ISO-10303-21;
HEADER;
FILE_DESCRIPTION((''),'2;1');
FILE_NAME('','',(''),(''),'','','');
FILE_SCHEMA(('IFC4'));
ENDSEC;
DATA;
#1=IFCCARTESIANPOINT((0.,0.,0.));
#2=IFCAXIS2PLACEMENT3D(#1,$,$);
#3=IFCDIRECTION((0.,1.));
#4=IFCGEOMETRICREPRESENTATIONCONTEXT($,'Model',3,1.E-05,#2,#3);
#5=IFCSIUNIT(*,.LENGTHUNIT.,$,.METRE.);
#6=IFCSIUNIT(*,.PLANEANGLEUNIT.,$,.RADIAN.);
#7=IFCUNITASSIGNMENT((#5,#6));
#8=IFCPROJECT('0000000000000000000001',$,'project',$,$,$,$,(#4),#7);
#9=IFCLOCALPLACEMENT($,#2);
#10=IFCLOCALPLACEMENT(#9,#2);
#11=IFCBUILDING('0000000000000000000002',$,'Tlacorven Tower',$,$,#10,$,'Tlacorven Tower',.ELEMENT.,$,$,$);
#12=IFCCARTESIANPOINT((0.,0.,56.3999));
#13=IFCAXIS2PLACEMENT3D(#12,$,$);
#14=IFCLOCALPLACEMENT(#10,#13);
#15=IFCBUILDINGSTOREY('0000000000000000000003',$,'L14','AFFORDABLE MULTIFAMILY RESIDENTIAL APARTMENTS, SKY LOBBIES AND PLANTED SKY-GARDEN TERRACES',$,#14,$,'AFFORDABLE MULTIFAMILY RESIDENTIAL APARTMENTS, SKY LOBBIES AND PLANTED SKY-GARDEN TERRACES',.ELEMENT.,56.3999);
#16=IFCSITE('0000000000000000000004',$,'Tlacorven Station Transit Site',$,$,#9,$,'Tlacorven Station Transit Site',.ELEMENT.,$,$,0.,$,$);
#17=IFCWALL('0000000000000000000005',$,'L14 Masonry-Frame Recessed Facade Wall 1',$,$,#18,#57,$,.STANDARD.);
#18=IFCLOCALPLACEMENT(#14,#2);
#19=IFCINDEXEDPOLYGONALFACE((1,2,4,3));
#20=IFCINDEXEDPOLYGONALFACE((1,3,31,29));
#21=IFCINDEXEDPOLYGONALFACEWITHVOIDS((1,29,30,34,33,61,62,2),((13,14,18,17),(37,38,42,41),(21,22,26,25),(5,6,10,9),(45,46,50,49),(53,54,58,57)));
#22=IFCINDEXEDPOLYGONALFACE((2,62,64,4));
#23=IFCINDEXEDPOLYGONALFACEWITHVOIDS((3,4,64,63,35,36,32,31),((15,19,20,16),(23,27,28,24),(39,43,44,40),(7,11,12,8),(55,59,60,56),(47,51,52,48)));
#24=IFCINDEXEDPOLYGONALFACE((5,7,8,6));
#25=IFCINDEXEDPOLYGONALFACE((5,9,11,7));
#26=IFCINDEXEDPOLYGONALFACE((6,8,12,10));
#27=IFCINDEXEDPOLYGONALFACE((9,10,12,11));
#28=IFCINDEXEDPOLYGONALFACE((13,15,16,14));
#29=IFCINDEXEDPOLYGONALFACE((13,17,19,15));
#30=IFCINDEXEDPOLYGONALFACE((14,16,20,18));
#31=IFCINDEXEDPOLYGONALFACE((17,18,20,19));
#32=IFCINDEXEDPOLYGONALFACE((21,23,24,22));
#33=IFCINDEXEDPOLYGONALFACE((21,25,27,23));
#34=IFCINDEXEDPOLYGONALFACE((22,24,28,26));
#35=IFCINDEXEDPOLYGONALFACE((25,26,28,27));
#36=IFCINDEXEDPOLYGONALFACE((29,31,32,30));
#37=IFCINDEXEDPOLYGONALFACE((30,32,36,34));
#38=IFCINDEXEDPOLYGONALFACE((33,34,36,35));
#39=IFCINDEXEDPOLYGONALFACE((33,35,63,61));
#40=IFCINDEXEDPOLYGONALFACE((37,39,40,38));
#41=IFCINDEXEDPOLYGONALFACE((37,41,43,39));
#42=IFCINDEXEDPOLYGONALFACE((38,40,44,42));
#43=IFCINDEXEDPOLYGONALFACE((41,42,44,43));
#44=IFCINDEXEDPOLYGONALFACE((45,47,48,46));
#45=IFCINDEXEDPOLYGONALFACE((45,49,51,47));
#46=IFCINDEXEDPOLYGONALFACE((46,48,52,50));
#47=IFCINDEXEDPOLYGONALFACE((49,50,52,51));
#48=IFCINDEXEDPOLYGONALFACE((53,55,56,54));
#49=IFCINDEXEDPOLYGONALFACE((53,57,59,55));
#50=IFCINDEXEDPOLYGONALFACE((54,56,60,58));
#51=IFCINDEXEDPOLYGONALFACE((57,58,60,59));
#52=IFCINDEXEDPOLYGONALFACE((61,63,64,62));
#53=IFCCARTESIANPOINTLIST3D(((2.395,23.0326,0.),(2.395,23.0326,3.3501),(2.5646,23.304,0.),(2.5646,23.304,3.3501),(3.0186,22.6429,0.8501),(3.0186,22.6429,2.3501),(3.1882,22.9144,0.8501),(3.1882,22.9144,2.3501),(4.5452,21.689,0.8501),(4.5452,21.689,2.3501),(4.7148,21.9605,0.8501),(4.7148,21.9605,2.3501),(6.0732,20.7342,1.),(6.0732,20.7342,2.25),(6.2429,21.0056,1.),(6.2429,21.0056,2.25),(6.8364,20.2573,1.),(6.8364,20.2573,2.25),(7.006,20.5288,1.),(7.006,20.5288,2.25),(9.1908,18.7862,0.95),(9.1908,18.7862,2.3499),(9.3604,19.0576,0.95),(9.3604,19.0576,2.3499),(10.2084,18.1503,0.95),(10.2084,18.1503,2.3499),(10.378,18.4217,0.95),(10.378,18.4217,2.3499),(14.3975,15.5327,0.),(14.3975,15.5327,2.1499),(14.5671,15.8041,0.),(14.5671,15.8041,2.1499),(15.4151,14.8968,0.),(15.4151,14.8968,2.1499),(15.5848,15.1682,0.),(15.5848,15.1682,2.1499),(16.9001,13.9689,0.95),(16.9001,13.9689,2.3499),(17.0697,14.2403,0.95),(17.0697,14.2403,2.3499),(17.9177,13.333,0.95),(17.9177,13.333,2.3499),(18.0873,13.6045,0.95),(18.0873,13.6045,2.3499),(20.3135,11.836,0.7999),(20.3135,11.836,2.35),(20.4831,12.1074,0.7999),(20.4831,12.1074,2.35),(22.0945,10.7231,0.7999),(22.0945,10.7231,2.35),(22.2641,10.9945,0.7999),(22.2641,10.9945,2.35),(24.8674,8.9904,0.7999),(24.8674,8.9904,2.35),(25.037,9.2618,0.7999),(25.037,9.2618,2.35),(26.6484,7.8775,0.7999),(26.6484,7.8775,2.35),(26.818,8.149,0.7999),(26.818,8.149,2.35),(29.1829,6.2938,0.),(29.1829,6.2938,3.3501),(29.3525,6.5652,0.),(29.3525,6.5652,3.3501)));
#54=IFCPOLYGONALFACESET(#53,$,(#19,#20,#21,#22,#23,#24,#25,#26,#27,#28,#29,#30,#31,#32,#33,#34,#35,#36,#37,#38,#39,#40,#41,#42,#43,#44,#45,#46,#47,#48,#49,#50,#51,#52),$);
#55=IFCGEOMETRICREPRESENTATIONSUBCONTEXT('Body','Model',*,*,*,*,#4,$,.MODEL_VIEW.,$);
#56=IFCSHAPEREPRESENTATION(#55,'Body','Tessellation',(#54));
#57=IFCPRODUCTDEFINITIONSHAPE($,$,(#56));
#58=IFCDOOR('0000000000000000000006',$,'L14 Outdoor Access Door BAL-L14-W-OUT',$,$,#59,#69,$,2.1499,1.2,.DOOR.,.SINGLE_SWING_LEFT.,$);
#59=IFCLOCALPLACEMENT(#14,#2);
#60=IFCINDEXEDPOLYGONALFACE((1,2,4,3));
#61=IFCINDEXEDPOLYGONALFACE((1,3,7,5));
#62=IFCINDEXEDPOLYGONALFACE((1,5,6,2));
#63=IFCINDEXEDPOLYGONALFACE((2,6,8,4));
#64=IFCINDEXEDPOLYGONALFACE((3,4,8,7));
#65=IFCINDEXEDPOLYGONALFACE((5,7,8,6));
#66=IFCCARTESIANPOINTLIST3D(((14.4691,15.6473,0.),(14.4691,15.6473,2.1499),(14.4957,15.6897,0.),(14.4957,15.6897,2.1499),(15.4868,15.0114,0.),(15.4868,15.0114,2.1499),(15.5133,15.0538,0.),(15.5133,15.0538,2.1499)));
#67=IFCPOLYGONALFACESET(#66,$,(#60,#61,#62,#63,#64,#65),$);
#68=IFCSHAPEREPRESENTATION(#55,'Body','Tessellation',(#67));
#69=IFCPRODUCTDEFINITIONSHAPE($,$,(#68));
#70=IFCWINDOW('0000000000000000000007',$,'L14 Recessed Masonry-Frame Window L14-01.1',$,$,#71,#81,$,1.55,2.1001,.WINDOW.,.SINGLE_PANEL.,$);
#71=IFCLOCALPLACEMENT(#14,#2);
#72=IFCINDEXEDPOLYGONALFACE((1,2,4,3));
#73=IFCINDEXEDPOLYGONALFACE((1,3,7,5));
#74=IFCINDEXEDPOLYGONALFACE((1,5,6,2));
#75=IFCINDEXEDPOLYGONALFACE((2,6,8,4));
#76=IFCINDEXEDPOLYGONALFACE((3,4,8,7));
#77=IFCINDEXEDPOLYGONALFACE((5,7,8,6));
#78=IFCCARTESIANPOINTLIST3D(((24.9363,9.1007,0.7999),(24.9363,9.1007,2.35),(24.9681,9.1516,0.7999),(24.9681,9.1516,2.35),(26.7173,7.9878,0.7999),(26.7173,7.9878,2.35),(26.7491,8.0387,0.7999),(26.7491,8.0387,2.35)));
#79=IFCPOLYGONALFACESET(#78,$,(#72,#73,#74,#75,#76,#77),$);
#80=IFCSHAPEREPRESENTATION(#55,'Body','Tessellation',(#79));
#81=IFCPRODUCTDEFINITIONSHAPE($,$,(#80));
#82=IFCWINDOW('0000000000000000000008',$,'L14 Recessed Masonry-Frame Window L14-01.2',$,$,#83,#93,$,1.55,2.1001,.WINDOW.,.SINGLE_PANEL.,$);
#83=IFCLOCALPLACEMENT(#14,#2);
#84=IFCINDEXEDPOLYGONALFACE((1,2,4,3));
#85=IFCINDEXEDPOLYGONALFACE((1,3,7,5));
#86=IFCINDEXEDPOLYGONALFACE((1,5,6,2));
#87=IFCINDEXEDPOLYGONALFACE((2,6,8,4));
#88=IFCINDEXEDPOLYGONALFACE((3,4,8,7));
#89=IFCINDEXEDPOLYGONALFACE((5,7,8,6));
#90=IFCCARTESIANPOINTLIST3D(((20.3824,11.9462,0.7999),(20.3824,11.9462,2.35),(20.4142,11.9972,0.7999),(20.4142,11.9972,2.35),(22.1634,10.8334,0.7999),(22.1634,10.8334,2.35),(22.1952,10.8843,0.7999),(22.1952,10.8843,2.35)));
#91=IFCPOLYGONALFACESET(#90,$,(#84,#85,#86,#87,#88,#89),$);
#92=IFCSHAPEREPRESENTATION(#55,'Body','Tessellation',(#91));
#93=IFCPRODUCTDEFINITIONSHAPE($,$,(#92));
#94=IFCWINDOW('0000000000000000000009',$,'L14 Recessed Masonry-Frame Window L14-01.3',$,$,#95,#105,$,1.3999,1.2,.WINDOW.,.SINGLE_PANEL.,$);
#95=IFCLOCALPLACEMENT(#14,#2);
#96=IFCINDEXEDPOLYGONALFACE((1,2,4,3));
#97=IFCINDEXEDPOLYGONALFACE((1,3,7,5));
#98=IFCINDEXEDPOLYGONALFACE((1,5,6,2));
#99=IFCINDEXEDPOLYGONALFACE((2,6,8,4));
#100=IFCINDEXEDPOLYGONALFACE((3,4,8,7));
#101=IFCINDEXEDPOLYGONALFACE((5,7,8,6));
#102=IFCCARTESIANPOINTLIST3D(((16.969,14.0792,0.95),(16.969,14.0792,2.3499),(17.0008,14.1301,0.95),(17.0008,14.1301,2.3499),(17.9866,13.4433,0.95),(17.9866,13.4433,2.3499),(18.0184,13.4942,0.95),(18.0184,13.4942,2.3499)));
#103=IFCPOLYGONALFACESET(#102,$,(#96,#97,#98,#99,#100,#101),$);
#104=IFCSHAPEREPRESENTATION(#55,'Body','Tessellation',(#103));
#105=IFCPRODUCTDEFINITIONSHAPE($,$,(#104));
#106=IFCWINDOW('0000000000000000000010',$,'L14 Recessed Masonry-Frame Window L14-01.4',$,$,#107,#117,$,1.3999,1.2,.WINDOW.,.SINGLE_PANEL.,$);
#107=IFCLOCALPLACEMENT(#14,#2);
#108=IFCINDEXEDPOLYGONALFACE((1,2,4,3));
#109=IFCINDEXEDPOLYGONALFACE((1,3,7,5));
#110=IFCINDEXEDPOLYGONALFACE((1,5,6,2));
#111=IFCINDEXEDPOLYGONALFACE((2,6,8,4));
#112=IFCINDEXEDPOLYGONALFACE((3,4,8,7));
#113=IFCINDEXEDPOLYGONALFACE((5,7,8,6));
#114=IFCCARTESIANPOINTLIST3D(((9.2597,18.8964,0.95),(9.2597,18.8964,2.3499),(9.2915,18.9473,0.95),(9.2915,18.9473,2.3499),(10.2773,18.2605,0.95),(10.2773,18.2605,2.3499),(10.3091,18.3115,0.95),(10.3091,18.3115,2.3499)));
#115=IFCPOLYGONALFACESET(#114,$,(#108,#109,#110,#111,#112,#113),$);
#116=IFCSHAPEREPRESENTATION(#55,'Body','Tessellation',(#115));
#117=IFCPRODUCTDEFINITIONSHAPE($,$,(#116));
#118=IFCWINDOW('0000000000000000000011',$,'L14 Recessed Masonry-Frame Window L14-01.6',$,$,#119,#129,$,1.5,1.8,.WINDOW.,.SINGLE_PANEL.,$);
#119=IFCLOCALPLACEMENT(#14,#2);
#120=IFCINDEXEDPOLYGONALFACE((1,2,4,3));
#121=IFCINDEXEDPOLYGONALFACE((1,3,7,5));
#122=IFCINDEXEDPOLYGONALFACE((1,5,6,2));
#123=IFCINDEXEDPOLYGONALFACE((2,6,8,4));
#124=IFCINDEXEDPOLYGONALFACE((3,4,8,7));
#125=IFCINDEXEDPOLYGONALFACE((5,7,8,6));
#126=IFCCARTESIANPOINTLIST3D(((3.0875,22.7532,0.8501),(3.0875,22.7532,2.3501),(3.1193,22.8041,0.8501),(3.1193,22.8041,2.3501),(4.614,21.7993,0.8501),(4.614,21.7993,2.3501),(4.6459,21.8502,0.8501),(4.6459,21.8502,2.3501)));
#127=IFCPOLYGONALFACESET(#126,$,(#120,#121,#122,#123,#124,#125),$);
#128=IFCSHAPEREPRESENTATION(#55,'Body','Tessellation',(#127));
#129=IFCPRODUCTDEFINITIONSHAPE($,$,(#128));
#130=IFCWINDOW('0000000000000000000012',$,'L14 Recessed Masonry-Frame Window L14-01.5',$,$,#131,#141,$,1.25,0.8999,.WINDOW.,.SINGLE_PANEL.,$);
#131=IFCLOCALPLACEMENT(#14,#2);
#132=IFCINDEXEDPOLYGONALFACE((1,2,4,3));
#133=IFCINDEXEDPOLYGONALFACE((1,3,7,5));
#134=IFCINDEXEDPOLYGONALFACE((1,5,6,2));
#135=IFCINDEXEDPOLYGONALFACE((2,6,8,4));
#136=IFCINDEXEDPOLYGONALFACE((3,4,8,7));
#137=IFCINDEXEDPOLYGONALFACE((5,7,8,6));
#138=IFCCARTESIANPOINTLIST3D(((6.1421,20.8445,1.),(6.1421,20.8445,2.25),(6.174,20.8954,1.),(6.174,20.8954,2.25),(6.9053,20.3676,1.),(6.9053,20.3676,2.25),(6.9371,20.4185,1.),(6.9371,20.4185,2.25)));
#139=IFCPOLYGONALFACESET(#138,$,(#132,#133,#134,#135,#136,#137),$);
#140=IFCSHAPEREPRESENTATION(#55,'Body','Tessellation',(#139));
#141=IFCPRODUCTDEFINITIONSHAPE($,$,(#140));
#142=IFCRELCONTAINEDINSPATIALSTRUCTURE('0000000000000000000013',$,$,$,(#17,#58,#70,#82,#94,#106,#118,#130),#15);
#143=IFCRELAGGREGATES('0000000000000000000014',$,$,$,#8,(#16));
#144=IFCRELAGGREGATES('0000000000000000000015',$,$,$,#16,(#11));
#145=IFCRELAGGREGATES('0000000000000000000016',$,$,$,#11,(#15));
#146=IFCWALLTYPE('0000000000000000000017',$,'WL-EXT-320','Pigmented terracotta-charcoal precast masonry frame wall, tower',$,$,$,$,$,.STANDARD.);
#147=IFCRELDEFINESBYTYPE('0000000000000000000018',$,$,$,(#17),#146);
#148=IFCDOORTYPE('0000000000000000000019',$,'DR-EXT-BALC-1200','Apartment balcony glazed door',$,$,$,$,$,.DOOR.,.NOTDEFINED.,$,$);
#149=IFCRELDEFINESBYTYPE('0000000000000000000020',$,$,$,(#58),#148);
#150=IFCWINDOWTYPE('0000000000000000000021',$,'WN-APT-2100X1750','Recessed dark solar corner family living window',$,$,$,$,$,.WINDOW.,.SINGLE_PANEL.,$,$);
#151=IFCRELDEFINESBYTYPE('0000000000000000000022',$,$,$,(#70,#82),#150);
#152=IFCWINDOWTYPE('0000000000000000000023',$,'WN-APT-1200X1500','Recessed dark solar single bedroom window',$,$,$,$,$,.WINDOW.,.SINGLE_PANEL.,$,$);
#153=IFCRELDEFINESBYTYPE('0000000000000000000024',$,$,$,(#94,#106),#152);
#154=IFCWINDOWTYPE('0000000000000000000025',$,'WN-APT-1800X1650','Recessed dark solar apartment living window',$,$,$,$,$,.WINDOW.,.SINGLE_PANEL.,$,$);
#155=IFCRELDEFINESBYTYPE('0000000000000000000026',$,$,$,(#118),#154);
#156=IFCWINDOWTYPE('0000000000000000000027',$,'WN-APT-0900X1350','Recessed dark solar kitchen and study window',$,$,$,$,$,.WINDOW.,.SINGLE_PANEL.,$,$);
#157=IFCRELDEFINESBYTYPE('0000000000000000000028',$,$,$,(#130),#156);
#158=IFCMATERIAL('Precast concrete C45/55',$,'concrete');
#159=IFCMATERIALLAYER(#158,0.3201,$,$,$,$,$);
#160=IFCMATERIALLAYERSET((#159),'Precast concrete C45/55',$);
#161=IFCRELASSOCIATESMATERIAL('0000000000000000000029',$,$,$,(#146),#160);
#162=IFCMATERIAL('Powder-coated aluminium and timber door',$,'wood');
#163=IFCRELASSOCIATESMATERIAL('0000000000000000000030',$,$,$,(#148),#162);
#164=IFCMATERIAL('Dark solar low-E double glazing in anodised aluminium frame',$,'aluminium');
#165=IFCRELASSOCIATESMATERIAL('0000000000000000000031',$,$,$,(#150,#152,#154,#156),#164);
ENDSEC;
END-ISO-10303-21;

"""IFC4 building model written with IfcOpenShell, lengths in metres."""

from ifc_helpers import new_model, si_unit, direction, frame, frame_2d, origin, place, context, subcontext, project, spatial, rectangle, extrude, source, transform, mapped, material, layer, layer_set, type_object, element, fill, save


model = new_model("IFC4")

# Units and contexts
model_context = context("Model", 3, precision=1e-05, world=origin(), true_north=direction((0.0, 1.0)))
body_context = subcontext(model_context, "Body", "Model", "MODEL_VIEW")
ifc_project = project(units=[si_unit("LENGTHUNIT", "METRE"), si_unit("PLANEANGLEUNIT", "RADIAN")], contexts=[model_context])

# Site, building, storey
site_placement = place(None, origin())
site = spatial("IfcSite", under=ifc_project, at=site_placement, Name="Tlacorven Station Transit Site", LongName="Tlacorven Station Transit Site", CompositionType="ELEMENT", RefElevation=0.0)
building_placement = place(site_placement, origin())
building = spatial("IfcBuilding", under=site, at=building_placement, Name="Tlacorven Tower", LongName="Tlacorven Tower", CompositionType="ELEMENT")
storey_placement = place(building_placement, frame((0.0, 0.0, 56.3999)))
storey = spatial("IfcBuildingStorey", under=building, at=storey_placement, Name="L14", Description="AFFORDABLE MULTIFAMILY RESIDENTIAL APARTMENTS, SKY LOBBIES AND PLANTED SKY-GARDEN TERRACES", LongName="AFFORDABLE MULTIFAMILY RESIDENTIAL APARTMENTS, SKY LOBBIES AND PLANTED SKY-GARDEN TERRACES", CompositionType="ELEMENT", Elevation=56.3999)

# Wall, openings, door, windows
ifc_material_1 = material(Name="Precast concrete C45/55", Category="concrete")
ifc_layer_1 = layer(ifc_material_1, 0.3201)
ifc_layer_set_1 = layer_set([ifc_layer_1], Name="Precast concrete C45/55")
wall_type_1 = type_object("IfcWallType", Name="WL-EXT-320", Description="Pigmented terracotta-charcoal precast masonry frame wall, tower", PredefinedType="STANDARD", material=ifc_layer_set_1)
wall_1_placement = place(storey_placement, frame((29.2678, 6.4294, 0.0), z_axis=(0.0, 0.0, 1.0), x_axis=(-0.84805, 0.529916, 0.0)))
wall_1 = element("IfcWall", 1, at=wall_1_placement, inside=storey, type_object=wall_type_1, Name="L14 Masonry-Frame Recessed Facade Wall 1", PredefinedType="STANDARD", context=body_context, shape_type="SweptSolid", body=[
    extrude(rectangle(XDim=31.5876, YDim=0.3201, at=frame_2d((15.7939, 0.0))), origin(), (0.0, 0.0, 1.0), 3.3501),
])
opening_1_placement = place(wall_1_placement, frame((16.2346, 0.0, 0.0)))
opening_1 = element("IfcOpeningElement", 2, at=opening_1_placement, cuts=wall_1, PredefinedType="OPENING", context=body_context, shape_type="SweptSolid", body=[
    extrude(rectangle(XDim=1.2, YDim=2.1499, at=frame_2d((0.6001, 1.075))), frame((0.0, 0.1699, 0.0), z_axis=(0.0, -1.0, 0.0), x_axis=(1.0, 0.0, 0.0)), (0.0, 0.0, 1.0), 0.3401),
])
opening_2_placement = place(wall_1_placement, frame((2.9888, 0.0, 0.8)))
opening_2 = element("IfcOpeningElement", 3, at=opening_2_placement, cuts=wall_1, PredefinedType="OPENING", context=body_context, shape_type="SweptSolid", body=[
    extrude(rectangle(XDim=2.1001, YDim=1.55, at=frame_2d((1.05, 0.7749))), frame((0.0, 0.1699, 0.0), z_axis=(0.0, -1.0, 0.0), x_axis=(1.0, 0.0, 0.0)), (0.0, 0.0, 1.0), 0.3401),
])
opening_3_placement = place(wall_1_placement, frame((8.3586, 0.0, 0.8)))
opening_3 = element("IfcOpeningElement", 4, at=opening_3_placement, cuts=wall_1, PredefinedType="OPENING", context=body_context, shape_type="SweptSolid", body=[
    extrude(rectangle(XDim=2.1001, YDim=1.55, at=frame_2d((1.05, 0.7749))), frame((0.0, 0.1699, 0.0), z_axis=(0.0, -1.0, 0.0), x_axis=(1.0, 0.0, 0.0)), (0.0, 0.0, 1.0), 0.3401),
])
opening_4_placement = place(wall_1_placement, frame((13.2837, 0.0, 0.95)))
opening_4 = element("IfcOpeningElement", 5, at=opening_4_placement, cuts=wall_1, PredefinedType="OPENING", context=body_context, shape_type="SweptSolid", body=[
    extrude(rectangle(XDim=1.2, YDim=1.3999, at=frame_2d((0.6001, 0.7))), frame((0.0, 0.1699, 0.0), z_axis=(0.0, -1.0, 0.0), x_axis=(1.0, 0.0, 0.0)), (0.0, 0.0, 1.0), 0.3401),
])
opening_5_placement = place(wall_1_placement, frame((22.3743, 0.0, 0.95)))
opening_5 = element("IfcOpeningElement", 6, at=opening_5_placement, cuts=wall_1, PredefinedType="OPENING", context=body_context, shape_type="SweptSolid", body=[
    extrude(rectangle(XDim=1.2, YDim=1.3999, at=frame_2d((0.6001, 0.7))), frame((0.0, 0.1699, 0.0), z_axis=(0.0, -1.0, 0.0), x_axis=(1.0, 0.0, 0.0)), (0.0, 0.0, 1.0), 0.3401),
])
opening_6_placement = place(wall_1_placement, frame((26.3506, 0.0, 1.0)))
opening_6 = element("IfcOpeningElement", 7, at=opening_6_placement, cuts=wall_1, PredefinedType="OPENING", context=body_context, shape_type="SweptSolid", body=[
    extrude(rectangle(XDim=0.8999, YDim=1.25, at=frame_2d((0.45, 0.625))), frame((0.0, 0.1699, 0.0), z_axis=(0.0, -1.0, 0.0), x_axis=(1.0, 0.0, 0.0)), (0.0, 0.0, 1.0), 0.3401),
])
opening_7_placement = place(wall_1_placement, frame((29.0525, 0.0, 0.8501)))
opening_7 = element("IfcOpeningElement", 8, at=opening_7_placement, cuts=wall_1, PredefinedType="OPENING", context=body_context, shape_type="SweptSolid", body=[
    extrude(rectangle(XDim=1.8, YDim=1.5, at=frame_2d((0.8999, 0.75))), frame((0.0, 0.1699, 0.0), z_axis=(0.0, -1.0, 0.0), x_axis=(1.0, 0.0, 0.0)), (0.0, 0.0, 1.0), 0.3401),
])
ifc_material_2 = material(Name="Powder-coated aluminium and timber door", Category="wood")
door_type_1 = type_object("IfcDoorType", Name="DR-EXT-BALC-1200", Description="Apartment balcony glazed door", OperationType="NOTDEFINED", PredefinedType="DOOR", material=ifc_material_2)
shared_shape_1 = source(origin(), body_context, "Body", "SweptSolid", [
    extrude(rectangle(XDim=1.2, YDim=2.1499, at=frame_2d((0.6001, 1.075))), frame((0.0, 0.0249, 0.0), z_axis=(0.0, -1.0, 0.0), x_axis=(1.0, 0.0, 0.0)), (0.0, 0.0, 1.0), 0.05),
])
door_1_placement = place(opening_1_placement, origin())
door_1 = element("IfcDoor", 9, at=door_1_placement, inside=storey, type_object=door_type_1, Name="L14 Outdoor Access Door BAL-L14-W-OUT", OperationType="SINGLE_SWING_LEFT", OverallHeight=2.1499, OverallWidth=1.2, PredefinedType="DOOR", context=body_context, shape_type="MappedRepresentation", body=[
    mapped(shared_shape_1, transform((0.0, 0.0, 0.0), scale=1.0)),
])
fill(opening_1, door_1)
ifc_material_3 = material(Name="Dark solar low-E double glazing in anodised aluminium frame", Category="aluminium")
window_type_1 = type_object("IfcWindowType", Name="WN-APT-2100X1750", Description="Recessed dark solar corner family living window", PartitioningType="SINGLE_PANEL", PredefinedType="WINDOW", material=ifc_material_3)
shared_shape_2 = source(origin(), body_context, "Body", "SweptSolid", [
    extrude(rectangle(XDim=2.1001, YDim=1.55, at=frame_2d((1.05, 0.7749))), frame((0.0, 0.03, 0.0), z_axis=(0.0, -1.0, 0.0), x_axis=(1.0, 0.0, 0.0)), (0.0, 0.0, 1.0), 0.0601),
])
window_1_placement = place(opening_2_placement, origin())
window_1 = element("IfcWindow", 10, at=window_1_placement, inside=storey, type_object=window_type_1, Name="L14 Recessed Masonry-Frame Window L14-01.1", OverallHeight=1.55, OverallWidth=2.1001, PartitioningType="SINGLE_PANEL", PredefinedType="WINDOW", context=body_context, shape_type="MappedRepresentation", body=[
    mapped(shared_shape_2, transform((0.0, 0.0, 0.0), scale=1.0)),
])
fill(opening_2, window_1)
window_2_placement = place(opening_3_placement, origin())
window_2 = element("IfcWindow", 11, at=window_2_placement, inside=storey, type_object=window_type_1, Name="L14 Recessed Masonry-Frame Window L14-01.2", OverallHeight=1.55, OverallWidth=2.1001, PartitioningType="SINGLE_PANEL", PredefinedType="WINDOW", context=body_context, shape_type="MappedRepresentation", body=[
    mapped(shared_shape_2, transform((0.0, 0.0, 0.0), scale=1.0)),
])
fill(opening_3, window_2)
window_type_2 = type_object("IfcWindowType", Name="WN-APT-1200X1500", Description="Recessed dark solar single bedroom window", PartitioningType="SINGLE_PANEL", PredefinedType="WINDOW", material=ifc_material_3)
shared_shape_3 = source(origin(), body_context, "Body", "SweptSolid", [
    extrude(rectangle(XDim=1.2, YDim=1.3999, at=frame_2d((0.6001, 0.7))), frame((0.0, 0.03, 0.0), z_axis=(0.0, -1.0, 0.0), x_axis=(1.0, 0.0, 0.0)), (0.0, 0.0, 1.0), 0.0601),
])
window_3_placement = place(opening_4_placement, origin())
window_3 = element("IfcWindow", 12, at=window_3_placement, inside=storey, type_object=window_type_2, Name="L14 Recessed Masonry-Frame Window L14-01.3", OverallHeight=1.3999, OverallWidth=1.2, PartitioningType="SINGLE_PANEL", PredefinedType="WINDOW", context=body_context, shape_type="MappedRepresentation", body=[
    mapped(shared_shape_3, transform((0.0, 0.0, 0.0), scale=1.0)),
])
fill(opening_4, window_3)
window_4_placement = place(opening_5_placement, origin())
window_4 = element("IfcWindow", 13, at=window_4_placement, inside=storey, type_object=window_type_2, Name="L14 Recessed Masonry-Frame Window L14-01.4", OverallHeight=1.3999, OverallWidth=1.2, PartitioningType="SINGLE_PANEL", PredefinedType="WINDOW", context=body_context, shape_type="MappedRepresentation", body=[
    mapped(shared_shape_3, transform((0.0, 0.0, 0.0), scale=1.0)),
])
fill(opening_5, window_4)
window_type_3 = type_object("IfcWindowType", Name="WN-APT-1800X1650", Description="Recessed dark solar apartment living window", PartitioningType="SINGLE_PANEL", PredefinedType="WINDOW", material=ifc_material_3)
shared_shape_4 = source(origin(), body_context, "Body", "SweptSolid", [
    extrude(rectangle(XDim=1.8, YDim=1.5, at=frame_2d((0.8999, 0.75))), frame((0.0, 0.03, 0.0), z_axis=(0.0, -1.0, 0.0), x_axis=(1.0, 0.0, 0.0)), (0.0, 0.0, 1.0), 0.0601),
])
window_5_placement = place(opening_7_placement, origin())
window_5 = element("IfcWindow", 14, at=window_5_placement, inside=storey, type_object=window_type_3, Name="L14 Recessed Masonry-Frame Window L14-01.6", OverallHeight=1.5, OverallWidth=1.8, PartitioningType="SINGLE_PANEL", PredefinedType="WINDOW", context=body_context, shape_type="MappedRepresentation", body=[
    mapped(shared_shape_4, transform((0.0, 0.0, 0.0), scale=1.0)),
])
fill(opening_7, window_5)
window_type_4 = type_object("IfcWindowType", Name="WN-APT-0900X1350", Description="Recessed dark solar kitchen and study window", PartitioningType="SINGLE_PANEL", PredefinedType="WINDOW", material=ifc_material_3)
shared_shape_5 = source(origin(), body_context, "Body", "SweptSolid", [
    extrude(rectangle(XDim=0.8999, YDim=1.25, at=frame_2d((0.45, 0.625))), frame((0.0, 0.03, 0.0), z_axis=(0.0, -1.0, 0.0), x_axis=(1.0, 0.0, 0.0)), (0.0, 0.0, 1.0), 0.0601),
])
window_6_placement = place(opening_6_placement, origin())
window_6 = element("IfcWindow", 15, at=window_6_placement, inside=storey, type_object=window_type_4, Name="L14 Recessed Masonry-Frame Window L14-01.5", OverallHeight=1.25, OverallWidth=0.8999, PartitioningType="SINGLE_PANEL", PredefinedType="WINDOW", context=body_context, shape_type="MappedRepresentation", body=[
    mapped(shared_shape_5, transform((0.0, 0.0, 0.0), scale=1.0)),
])
fill(opening_6, window_6)

save(model, "model.ifc")
